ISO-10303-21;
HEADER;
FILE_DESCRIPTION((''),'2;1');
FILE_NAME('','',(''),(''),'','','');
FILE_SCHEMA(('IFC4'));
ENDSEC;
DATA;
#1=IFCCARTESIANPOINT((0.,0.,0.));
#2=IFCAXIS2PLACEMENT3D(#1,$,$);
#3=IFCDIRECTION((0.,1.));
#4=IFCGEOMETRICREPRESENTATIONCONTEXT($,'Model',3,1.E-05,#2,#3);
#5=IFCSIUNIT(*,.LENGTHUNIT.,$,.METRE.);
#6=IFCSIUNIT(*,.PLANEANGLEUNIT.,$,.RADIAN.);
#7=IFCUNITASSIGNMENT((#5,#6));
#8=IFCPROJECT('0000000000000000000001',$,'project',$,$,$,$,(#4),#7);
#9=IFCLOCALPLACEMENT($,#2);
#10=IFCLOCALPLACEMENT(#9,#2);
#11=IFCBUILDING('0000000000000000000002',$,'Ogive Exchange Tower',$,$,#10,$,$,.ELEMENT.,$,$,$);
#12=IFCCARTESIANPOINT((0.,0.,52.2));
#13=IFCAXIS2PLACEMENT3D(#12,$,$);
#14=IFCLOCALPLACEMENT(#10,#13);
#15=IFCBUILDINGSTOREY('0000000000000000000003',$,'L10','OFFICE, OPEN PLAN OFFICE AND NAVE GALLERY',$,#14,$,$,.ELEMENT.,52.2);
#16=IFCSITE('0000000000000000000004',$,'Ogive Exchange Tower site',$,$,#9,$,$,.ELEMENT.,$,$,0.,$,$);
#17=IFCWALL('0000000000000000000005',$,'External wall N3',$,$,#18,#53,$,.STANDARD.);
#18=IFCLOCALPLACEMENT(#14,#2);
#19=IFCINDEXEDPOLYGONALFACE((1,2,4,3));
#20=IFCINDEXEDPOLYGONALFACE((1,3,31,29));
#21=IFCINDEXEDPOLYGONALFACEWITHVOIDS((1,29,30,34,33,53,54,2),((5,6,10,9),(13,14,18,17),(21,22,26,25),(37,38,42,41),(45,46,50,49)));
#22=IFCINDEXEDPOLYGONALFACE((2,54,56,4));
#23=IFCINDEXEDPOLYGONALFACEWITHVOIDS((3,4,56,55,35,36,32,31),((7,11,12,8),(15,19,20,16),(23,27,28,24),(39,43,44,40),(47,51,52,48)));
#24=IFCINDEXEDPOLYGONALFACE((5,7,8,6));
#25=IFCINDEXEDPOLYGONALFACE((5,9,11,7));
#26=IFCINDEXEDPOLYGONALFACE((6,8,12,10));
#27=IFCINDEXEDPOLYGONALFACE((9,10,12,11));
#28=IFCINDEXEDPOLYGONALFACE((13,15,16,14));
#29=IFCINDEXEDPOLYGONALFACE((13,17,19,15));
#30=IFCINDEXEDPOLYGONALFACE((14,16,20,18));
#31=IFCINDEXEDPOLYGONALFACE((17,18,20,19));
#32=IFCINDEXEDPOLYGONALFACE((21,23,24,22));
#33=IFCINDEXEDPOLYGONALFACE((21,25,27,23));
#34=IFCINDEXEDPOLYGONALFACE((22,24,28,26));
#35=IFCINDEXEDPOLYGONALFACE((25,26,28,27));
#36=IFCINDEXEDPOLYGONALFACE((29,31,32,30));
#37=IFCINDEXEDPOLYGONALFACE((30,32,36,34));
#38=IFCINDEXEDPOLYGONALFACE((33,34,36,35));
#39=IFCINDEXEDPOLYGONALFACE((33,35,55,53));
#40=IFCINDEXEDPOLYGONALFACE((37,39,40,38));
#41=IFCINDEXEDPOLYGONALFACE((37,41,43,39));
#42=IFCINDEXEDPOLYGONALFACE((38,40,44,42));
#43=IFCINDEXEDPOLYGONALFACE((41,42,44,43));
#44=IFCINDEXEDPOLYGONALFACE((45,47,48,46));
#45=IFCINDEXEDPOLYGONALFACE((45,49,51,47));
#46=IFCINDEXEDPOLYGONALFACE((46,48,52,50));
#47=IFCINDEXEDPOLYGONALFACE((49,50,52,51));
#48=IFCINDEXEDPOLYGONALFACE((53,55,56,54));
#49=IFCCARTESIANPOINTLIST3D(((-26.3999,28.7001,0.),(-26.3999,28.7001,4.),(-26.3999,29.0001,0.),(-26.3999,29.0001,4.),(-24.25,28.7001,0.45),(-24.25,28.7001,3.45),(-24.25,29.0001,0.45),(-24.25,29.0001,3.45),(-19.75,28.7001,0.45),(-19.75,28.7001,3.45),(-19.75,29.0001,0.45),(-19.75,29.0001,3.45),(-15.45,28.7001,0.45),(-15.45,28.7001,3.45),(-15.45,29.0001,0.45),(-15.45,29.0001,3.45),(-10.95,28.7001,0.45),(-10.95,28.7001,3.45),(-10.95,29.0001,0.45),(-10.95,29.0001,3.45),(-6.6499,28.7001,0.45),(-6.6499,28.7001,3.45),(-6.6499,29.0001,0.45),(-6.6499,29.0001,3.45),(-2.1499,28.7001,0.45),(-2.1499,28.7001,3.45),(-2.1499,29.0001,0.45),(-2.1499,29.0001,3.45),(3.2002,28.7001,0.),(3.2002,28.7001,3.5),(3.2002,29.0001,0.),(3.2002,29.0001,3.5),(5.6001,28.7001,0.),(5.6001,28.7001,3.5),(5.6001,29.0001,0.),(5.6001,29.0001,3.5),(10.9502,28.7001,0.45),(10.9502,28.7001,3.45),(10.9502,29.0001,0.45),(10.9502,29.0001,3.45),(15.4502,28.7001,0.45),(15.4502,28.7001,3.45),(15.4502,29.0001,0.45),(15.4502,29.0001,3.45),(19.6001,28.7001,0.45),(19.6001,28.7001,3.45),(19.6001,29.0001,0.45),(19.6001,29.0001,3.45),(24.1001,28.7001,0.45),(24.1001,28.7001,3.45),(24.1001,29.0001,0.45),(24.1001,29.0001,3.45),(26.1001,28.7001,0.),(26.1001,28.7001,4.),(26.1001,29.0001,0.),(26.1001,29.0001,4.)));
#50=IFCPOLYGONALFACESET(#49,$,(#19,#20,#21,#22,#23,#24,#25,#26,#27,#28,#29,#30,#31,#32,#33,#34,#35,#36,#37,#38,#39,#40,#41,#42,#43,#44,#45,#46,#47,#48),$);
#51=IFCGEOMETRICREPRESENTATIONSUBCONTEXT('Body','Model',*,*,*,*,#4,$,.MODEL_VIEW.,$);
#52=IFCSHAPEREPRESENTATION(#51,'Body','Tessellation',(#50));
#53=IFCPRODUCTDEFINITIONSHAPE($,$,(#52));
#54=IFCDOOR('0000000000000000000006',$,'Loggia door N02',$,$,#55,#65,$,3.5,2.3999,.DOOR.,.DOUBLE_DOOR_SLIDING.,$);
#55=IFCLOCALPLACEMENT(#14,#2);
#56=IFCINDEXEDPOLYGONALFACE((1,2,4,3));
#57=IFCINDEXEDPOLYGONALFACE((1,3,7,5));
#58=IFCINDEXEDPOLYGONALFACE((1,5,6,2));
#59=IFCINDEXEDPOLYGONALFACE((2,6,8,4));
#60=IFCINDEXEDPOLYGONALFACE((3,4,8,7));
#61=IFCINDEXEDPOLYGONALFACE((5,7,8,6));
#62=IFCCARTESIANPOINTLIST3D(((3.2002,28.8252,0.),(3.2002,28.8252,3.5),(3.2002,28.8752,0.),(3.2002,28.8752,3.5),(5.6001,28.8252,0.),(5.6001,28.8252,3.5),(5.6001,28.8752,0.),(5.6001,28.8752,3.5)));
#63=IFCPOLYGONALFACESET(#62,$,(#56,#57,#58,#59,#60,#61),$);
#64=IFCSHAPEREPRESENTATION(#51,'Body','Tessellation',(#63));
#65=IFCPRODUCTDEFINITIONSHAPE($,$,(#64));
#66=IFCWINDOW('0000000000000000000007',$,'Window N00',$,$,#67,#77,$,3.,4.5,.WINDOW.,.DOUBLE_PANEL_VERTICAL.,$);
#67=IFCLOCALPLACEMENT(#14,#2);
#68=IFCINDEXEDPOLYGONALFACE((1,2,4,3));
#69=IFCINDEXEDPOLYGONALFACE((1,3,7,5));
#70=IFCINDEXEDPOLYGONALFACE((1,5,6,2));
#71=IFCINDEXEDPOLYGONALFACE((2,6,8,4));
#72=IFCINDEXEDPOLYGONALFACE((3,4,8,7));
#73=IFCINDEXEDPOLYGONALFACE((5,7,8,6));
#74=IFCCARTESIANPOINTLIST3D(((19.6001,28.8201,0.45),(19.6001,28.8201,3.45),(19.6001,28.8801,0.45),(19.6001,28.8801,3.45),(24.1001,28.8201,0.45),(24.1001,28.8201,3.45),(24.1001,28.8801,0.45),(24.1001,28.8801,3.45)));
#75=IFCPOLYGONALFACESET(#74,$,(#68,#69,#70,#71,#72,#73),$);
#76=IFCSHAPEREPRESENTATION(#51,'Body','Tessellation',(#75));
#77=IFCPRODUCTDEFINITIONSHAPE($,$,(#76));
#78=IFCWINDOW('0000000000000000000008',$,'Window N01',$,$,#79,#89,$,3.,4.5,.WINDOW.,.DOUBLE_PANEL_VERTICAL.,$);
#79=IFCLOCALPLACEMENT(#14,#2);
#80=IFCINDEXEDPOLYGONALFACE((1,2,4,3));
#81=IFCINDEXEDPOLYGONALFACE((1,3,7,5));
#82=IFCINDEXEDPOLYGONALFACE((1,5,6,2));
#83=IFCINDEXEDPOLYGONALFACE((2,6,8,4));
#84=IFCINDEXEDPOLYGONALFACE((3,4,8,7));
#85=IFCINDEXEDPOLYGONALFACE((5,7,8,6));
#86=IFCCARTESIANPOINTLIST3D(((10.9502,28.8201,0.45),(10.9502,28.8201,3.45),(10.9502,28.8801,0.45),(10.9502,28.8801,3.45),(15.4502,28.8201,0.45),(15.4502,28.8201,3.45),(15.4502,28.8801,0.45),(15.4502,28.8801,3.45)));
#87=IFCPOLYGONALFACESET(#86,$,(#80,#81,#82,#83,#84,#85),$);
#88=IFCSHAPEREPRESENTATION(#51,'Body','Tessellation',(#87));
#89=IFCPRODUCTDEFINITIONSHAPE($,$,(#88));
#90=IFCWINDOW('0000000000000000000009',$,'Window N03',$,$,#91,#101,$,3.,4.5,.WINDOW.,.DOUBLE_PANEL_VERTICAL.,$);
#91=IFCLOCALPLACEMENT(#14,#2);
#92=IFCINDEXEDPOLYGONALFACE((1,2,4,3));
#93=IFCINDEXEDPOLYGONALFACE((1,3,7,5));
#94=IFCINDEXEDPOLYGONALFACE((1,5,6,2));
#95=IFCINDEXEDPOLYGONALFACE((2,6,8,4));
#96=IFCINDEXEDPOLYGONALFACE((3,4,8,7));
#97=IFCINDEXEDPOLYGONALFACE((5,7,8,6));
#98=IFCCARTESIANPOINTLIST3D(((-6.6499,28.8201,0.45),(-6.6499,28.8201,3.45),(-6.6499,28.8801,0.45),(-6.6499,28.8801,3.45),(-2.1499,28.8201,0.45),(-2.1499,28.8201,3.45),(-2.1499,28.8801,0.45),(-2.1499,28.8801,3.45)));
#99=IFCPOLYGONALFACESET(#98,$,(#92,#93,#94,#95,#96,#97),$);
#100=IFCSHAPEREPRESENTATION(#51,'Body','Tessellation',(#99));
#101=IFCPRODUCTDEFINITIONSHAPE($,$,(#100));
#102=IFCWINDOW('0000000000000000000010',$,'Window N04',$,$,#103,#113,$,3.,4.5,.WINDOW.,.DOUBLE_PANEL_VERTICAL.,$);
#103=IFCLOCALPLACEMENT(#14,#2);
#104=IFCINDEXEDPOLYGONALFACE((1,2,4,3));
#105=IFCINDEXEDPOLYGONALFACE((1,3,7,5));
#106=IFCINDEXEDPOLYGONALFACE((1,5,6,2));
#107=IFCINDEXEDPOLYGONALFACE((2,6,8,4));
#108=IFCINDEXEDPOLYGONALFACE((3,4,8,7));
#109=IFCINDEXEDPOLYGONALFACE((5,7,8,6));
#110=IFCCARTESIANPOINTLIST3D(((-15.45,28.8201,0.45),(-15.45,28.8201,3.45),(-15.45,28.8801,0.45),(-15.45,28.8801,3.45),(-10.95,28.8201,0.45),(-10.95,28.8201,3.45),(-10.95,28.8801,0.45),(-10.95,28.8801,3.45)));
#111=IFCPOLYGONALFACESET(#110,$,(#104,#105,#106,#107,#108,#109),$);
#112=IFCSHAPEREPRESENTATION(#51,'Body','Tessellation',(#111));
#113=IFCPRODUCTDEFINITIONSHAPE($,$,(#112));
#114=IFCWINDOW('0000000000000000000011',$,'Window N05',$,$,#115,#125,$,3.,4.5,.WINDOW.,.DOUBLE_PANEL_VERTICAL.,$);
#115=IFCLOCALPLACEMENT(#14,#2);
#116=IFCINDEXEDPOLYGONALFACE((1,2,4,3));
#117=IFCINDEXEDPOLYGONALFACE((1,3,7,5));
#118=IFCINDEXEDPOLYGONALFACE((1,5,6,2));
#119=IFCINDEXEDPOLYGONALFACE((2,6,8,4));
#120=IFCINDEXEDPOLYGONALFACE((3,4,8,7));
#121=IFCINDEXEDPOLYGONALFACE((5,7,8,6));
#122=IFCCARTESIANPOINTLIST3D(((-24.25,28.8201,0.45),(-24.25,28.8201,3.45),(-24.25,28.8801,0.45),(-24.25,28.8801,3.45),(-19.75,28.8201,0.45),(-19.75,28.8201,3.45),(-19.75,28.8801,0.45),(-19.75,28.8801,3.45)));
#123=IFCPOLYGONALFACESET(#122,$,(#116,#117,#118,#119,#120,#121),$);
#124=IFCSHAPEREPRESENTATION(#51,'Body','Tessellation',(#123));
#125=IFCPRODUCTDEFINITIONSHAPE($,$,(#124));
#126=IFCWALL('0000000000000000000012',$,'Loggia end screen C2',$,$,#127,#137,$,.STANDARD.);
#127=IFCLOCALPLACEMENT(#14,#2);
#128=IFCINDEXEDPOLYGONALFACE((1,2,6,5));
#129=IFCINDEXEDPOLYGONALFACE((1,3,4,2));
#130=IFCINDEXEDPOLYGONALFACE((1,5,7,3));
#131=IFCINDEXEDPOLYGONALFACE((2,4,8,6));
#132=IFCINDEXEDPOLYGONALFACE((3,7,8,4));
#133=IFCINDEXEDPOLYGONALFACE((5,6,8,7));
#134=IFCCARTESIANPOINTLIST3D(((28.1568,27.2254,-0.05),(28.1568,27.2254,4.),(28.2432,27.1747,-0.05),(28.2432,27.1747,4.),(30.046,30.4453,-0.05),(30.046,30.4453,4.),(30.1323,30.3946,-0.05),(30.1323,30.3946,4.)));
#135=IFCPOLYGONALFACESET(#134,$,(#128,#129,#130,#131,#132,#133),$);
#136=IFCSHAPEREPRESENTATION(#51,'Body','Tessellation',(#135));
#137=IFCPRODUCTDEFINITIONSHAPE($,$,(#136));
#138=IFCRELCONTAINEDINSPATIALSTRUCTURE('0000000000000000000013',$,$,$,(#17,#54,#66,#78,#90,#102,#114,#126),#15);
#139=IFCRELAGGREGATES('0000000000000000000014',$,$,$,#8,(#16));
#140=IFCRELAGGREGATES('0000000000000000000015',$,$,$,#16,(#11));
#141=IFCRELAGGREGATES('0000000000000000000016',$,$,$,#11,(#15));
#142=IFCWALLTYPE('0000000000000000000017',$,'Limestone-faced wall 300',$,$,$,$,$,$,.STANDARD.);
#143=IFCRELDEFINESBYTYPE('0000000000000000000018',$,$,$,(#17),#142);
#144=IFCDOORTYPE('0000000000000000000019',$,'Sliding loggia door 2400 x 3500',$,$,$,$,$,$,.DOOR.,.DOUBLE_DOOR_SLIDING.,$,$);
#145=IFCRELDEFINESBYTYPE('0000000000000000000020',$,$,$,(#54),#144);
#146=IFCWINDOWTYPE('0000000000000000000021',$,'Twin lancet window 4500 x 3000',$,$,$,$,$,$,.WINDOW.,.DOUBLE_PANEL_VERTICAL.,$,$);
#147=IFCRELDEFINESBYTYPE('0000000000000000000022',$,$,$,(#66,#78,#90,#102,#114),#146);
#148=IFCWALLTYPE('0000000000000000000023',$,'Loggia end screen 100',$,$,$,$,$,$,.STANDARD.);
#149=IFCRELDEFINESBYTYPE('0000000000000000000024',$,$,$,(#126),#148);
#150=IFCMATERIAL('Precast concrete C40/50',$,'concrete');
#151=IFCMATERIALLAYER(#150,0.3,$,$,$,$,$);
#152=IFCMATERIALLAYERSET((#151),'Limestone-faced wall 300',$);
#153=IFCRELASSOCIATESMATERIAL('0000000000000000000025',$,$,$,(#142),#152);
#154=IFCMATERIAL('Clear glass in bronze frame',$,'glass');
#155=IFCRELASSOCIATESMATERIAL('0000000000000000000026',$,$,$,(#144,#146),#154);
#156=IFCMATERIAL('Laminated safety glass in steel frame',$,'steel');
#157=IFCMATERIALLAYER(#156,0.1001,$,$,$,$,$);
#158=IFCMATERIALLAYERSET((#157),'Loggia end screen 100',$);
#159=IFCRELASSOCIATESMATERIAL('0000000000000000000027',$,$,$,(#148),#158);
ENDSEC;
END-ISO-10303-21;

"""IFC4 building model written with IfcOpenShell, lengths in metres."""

from ifc_helpers import new_model, si_unit, direction, frame, frame_2d, origin, place, context, subcontext, project, spatial, rectangle, extrude, material, layer, layer_set, type_object, element, fill, save


model = new_model("IFC4")

# Units and contexts
model_context = context("Model", 3, precision=1e-05, world=origin(), true_north=direction((0.0, 1.0)))
body_context = subcontext(model_context, "Body", "Model", "MODEL_VIEW")
ifc_project = project(units=[si_unit("LENGTHUNIT", "METRE"), si_unit("PLANEANGLEUNIT", "RADIAN")], contexts=[model_context])

# Site, building, storey
site_placement = place(None, origin())
site = spatial("IfcSite", under=ifc_project, at=site_placement, Name="Ogive Exchange Tower site", CompositionType="ELEMENT", RefElevation=0.0)
building_placement = place(site_placement, origin())
building = spatial("IfcBuilding", under=site, at=building_placement, Name="Ogive Exchange Tower", CompositionType="ELEMENT")
storey_placement = place(building_placement, frame((0.0, 0.0, 52.2)))
storey = spatial("IfcBuildingStorey", under=building, at=storey_placement, Name="L10", Description="OFFICE, OPEN PLAN OFFICE AND NAVE GALLERY", CompositionType="ELEMENT", Elevation=52.2)

# Wall, openings, door, windows
ifc_material_1 = material(Name="Precast concrete C40/50", Category="concrete")
ifc_layer_1 = layer(ifc_material_1, 0.3)
ifc_layer_set_1 = layer_set([ifc_layer_1], Name="Limestone-faced wall 300")
wall_type_1 = type_object("IfcWallType", Name="Limestone-faced wall 300", PredefinedType="STANDARD", material=ifc_layer_set_1)
wall_1_placement = place(storey_placement, frame((26.1001, 28.8501, 0.0), z_axis=(0.0, 0.0, 1.0), x_axis=(-1.0, 0.0, 0.0)))
wall_1 = element("IfcWall", 1, at=wall_1_placement, inside=storey, type_object=wall_type_1, Name="External wall N3", PredefinedType="STANDARD", context=body_context, shape_type="SweptSolid", body=[
    extrude(rectangle(XDim=52.5, YDim=0.3, at=frame_2d((26.25, 0.0))), origin(), (0.0, 0.0, 1.0), 4.0),
])
opening_1_placement = place(wall_1_placement, frame((2.0, 0.0, 0.45)))
opening_1 = element("IfcOpeningElement", 2, at=opening_1_placement, cuts=wall_1, PredefinedType="OPENING", context=body_context, shape_type="SweptSolid", body=[
    extrude(rectangle(XDim=4.5, YDim=3.0, at=frame_2d((2.25, 1.5))), frame((0.0, 0.1599, 0.0), z_axis=(0.0, -1.0, 0.0), x_axis=(1.0, 0.0, 0.0)), (0.0, 0.0, 1.0), 0.3201),
])
opening_2_placement = place(wall_1_placement, frame((10.6499, 0.0, 0.45)))
opening_2 = element("IfcOpeningElement", 3, at=opening_2_placement, cuts=wall_1, PredefinedType="OPENING", context=body_context, shape_type="SweptSolid", body=[
    extrude(rectangle(XDim=4.5, YDim=3.0, at=frame_2d((2.25, 1.5))), frame((0.0, 0.1599, 0.0), z_axis=(0.0, -1.0, 0.0), x_axis=(1.0, 0.0, 0.0)), (0.0, 0.0, 1.0), 0.3201),
])
opening_3_placement = place(wall_1_placement, frame((20.5, 0.0, 0.0)))
opening_3 = element("IfcOpeningElement", 4, at=opening_3_placement, cuts=wall_1, PredefinedType="OPENING", context=body_context, shape_type="SweptSolid", body=[
    extrude(rectangle(XDim=2.3999, YDim=3.5, at=frame_2d((1.2, 1.75))), frame((0.0, 0.1599, 0.0), z_axis=(0.0, -1.0, 0.0), x_axis=(1.0, 0.0, 0.0)), (0.0, 0.0, 1.0), 0.3201),
])
opening_4_placement = place(wall_1_placement, frame((28.25, 0.0, 0.45)))
opening_4 = element("IfcOpeningElement", 5, at=opening_4_placement, cuts=wall_1, PredefinedType="OPENING", context=body_context, shape_type="SweptSolid", body=[
    extrude(rectangle(XDim=4.5, YDim=3.0, at=frame_2d((2.25, 1.5))), frame((0.0, 0.1599, 0.0), z_axis=(0.0, -1.0, 0.0), x_axis=(1.0, 0.0, 0.0)), (0.0, 0.0, 1.0), 0.3201),
])
opening_5_placement = place(wall_1_placement, frame((37.05, 0.0, 0.45)))
opening_5 = element("IfcOpeningElement", 6, at=opening_5_placement, cuts=wall_1, PredefinedType="OPENING", context=body_context, shape_type="SweptSolid", body=[
    extrude(rectangle(XDim=4.5, YDim=3.0, at=frame_2d((2.25, 1.5))), frame((0.0, 0.1599, 0.0), z_axis=(0.0, -1.0, 0.0), x_axis=(1.0, 0.0, 0.0)), (0.0, 0.0, 1.0), 0.3201),
])
opening_6_placement = place(wall_1_placement, frame((45.8501, 0.0, 0.45)))
opening_6 = element("IfcOpeningElement", 7, at=opening_6_placement, cuts=wall_1, PredefinedType="OPENING", context=body_context, shape_type="SweptSolid", body=[
    extrude(rectangle(XDim=4.5, YDim=3.0, at=frame_2d((2.25, 1.5))), frame((0.0, 0.1599, 0.0), z_axis=(0.0, -1.0, 0.0), x_axis=(1.0, 0.0, 0.0)), (0.0, 0.0, 1.0), 0.3201),
])
ifc_material_2 = material(Name="Clear glass in bronze frame", Category="glass")
door_type_1 = type_object("IfcDoorType", Name="Sliding loggia door 2400 x 3500", OperationType="DOUBLE_DOOR_SLIDING", PredefinedType="DOOR", material=ifc_material_2)
door_1_placement = place(opening_3_placement, origin())
door_1 = element("IfcDoor", 8, at=door_1_placement, inside=storey, type_object=door_type_1, Name="Loggia door N02", OperationType="DOUBLE_DOOR_SLIDING", OverallHeight=3.5, OverallWidth=2.3999, PredefinedType="DOOR", context=body_context, shape_type="SweptSolid", body=[
    extrude(rectangle(XDim=2.3999, YDim=3.5, at=frame_2d((1.2, 1.75))), frame((0.0, 0.0249, 0.0), z_axis=(0.0, -1.0, 0.0), x_axis=(1.0, 0.0, 0.0)), (0.0, 0.0, 1.0), 0.05),
])
fill(opening_3, door_1)
window_type = type_object("IfcWindowType", Name="Twin lancet window 4500 x 3000", PartitioningType="DOUBLE_PANEL_VERTICAL", PredefinedType="WINDOW", material=ifc_material_2)
window_1_placement = place(opening_1_placement, origin())
window_1 = element("IfcWindow", 9, at=window_1_placement, inside=storey, type_object=window_type, Name="Window N00", OverallHeight=3.0, OverallWidth=4.5, PartitioningType="DOUBLE_PANEL_VERTICAL", PredefinedType="WINDOW", context=body_context, shape_type="SweptSolid", body=[
    extrude(rectangle(XDim=4.5, YDim=3.0, at=frame_2d((2.25, 1.5))), frame((0.0, 0.03, 0.0), z_axis=(0.0, -1.0, 0.0), x_axis=(1.0, 0.0, 0.0)), (0.0, 0.0, 1.0), 0.0601),
])
fill(opening_1, window_1)
window_2_placement = place(opening_2_placement, origin())
window_2 = element("IfcWindow", 10, at=window_2_placement, inside=storey, type_object=window_type, Name="Window N01", OverallHeight=3.0, OverallWidth=4.5, PartitioningType="DOUBLE_PANEL_VERTICAL", PredefinedType="WINDOW", context=body_context, shape_type="SweptSolid", body=[
    extrude(rectangle(XDim=4.5, YDim=3.0, at=frame_2d((2.25, 1.5))), frame((0.0, 0.03, 0.0), z_axis=(0.0, -1.0, 0.0), x_axis=(1.0, 0.0, 0.0)), (0.0, 0.0, 1.0), 0.0601),
])
fill(opening_2, window_2)
window_3_placement = place(opening_4_placement, origin())
window_3 = element("IfcWindow", 11, at=window_3_placement, inside=storey, type_object=window_type, Name="Window N03", OverallHeight=3.0, OverallWidth=4.5, PartitioningType="DOUBLE_PANEL_VERTICAL", PredefinedType="WINDOW", context=body_context, shape_type="SweptSolid", body=[
    extrude(rectangle(XDim=4.5, YDim=3.0, at=frame_2d((2.25, 1.5))), frame((0.0, 0.03, 0.0), z_axis=(0.0, -1.0, 0.0), x_axis=(1.0, 0.0, 0.0)), (0.0, 0.0, 1.0), 0.0601),
])
fill(opening_4, window_3)
window_4_placement = place(opening_5_placement, origin())
window_4 = element("IfcWindow", 12, at=window_4_placement, inside=storey, type_object=window_type, Name="Window N04", OverallHeight=3.0, OverallWidth=4.5, PartitioningType="DOUBLE_PANEL_VERTICAL", PredefinedType="WINDOW", context=body_context, shape_type="SweptSolid", body=[
    extrude(rectangle(XDim=4.5, YDim=3.0, at=frame_2d((2.25, 1.5))), frame((0.0, 0.03, 0.0), z_axis=(0.0, -1.0, 0.0), x_axis=(1.0, 0.0, 0.0)), (0.0, 0.0, 1.0), 0.0601),
])
fill(opening_5, window_4)
window_5_placement = place(opening_6_placement, origin())
window_5 = element("IfcWindow", 13, at=window_5_placement, inside=storey, type_object=window_type, Name="Window N05", OverallHeight=3.0, OverallWidth=4.5, PartitioningType="DOUBLE_PANEL_VERTICAL", PredefinedType="WINDOW", context=body_context, shape_type="SweptSolid", body=[
    extrude(rectangle(XDim=4.5, YDim=3.0, at=frame_2d((2.25, 1.5))), frame((0.0, 0.03, 0.0), z_axis=(0.0, -1.0, 0.0), x_axis=(1.0, 0.0, 0.0)), (0.0, 0.0, 1.0), 0.0601),
])
fill(opening_6, window_5)

# Wall
ifc_material_3 = material(Name="Laminated safety glass in steel frame", Category="steel")
ifc_layer_2 = layer(ifc_material_3, 0.1001)
ifc_layer_set_2 = layer_set([ifc_layer_2], Name="Loggia end screen 100")
wall_type_2 = type_object("IfcWallType", Name="Loggia end screen 100", PredefinedType="STANDARD", material=ifc_layer_set_2)
wall_2_placement = place(storey_placement, frame((28.2, 27.2, -0.05), z_axis=(0.0, 0.0, 1.0), x_axis=(0.506037, 0.862512, 0.0)))
element("IfcWall", 14, at=wall_2_placement, inside=storey, type_object=wall_type_2, Name="Loggia end screen C2", PredefinedType="STANDARD", context=body_context, shape_type="SweptSolid", body=[
    extrude(rectangle(XDim=3.7332, YDim=0.1001, at=frame_2d((1.8667, 0.0))), origin(), (0.0, 0.0, 1.0), 4.05),
])

save(model, "model.ifc")
